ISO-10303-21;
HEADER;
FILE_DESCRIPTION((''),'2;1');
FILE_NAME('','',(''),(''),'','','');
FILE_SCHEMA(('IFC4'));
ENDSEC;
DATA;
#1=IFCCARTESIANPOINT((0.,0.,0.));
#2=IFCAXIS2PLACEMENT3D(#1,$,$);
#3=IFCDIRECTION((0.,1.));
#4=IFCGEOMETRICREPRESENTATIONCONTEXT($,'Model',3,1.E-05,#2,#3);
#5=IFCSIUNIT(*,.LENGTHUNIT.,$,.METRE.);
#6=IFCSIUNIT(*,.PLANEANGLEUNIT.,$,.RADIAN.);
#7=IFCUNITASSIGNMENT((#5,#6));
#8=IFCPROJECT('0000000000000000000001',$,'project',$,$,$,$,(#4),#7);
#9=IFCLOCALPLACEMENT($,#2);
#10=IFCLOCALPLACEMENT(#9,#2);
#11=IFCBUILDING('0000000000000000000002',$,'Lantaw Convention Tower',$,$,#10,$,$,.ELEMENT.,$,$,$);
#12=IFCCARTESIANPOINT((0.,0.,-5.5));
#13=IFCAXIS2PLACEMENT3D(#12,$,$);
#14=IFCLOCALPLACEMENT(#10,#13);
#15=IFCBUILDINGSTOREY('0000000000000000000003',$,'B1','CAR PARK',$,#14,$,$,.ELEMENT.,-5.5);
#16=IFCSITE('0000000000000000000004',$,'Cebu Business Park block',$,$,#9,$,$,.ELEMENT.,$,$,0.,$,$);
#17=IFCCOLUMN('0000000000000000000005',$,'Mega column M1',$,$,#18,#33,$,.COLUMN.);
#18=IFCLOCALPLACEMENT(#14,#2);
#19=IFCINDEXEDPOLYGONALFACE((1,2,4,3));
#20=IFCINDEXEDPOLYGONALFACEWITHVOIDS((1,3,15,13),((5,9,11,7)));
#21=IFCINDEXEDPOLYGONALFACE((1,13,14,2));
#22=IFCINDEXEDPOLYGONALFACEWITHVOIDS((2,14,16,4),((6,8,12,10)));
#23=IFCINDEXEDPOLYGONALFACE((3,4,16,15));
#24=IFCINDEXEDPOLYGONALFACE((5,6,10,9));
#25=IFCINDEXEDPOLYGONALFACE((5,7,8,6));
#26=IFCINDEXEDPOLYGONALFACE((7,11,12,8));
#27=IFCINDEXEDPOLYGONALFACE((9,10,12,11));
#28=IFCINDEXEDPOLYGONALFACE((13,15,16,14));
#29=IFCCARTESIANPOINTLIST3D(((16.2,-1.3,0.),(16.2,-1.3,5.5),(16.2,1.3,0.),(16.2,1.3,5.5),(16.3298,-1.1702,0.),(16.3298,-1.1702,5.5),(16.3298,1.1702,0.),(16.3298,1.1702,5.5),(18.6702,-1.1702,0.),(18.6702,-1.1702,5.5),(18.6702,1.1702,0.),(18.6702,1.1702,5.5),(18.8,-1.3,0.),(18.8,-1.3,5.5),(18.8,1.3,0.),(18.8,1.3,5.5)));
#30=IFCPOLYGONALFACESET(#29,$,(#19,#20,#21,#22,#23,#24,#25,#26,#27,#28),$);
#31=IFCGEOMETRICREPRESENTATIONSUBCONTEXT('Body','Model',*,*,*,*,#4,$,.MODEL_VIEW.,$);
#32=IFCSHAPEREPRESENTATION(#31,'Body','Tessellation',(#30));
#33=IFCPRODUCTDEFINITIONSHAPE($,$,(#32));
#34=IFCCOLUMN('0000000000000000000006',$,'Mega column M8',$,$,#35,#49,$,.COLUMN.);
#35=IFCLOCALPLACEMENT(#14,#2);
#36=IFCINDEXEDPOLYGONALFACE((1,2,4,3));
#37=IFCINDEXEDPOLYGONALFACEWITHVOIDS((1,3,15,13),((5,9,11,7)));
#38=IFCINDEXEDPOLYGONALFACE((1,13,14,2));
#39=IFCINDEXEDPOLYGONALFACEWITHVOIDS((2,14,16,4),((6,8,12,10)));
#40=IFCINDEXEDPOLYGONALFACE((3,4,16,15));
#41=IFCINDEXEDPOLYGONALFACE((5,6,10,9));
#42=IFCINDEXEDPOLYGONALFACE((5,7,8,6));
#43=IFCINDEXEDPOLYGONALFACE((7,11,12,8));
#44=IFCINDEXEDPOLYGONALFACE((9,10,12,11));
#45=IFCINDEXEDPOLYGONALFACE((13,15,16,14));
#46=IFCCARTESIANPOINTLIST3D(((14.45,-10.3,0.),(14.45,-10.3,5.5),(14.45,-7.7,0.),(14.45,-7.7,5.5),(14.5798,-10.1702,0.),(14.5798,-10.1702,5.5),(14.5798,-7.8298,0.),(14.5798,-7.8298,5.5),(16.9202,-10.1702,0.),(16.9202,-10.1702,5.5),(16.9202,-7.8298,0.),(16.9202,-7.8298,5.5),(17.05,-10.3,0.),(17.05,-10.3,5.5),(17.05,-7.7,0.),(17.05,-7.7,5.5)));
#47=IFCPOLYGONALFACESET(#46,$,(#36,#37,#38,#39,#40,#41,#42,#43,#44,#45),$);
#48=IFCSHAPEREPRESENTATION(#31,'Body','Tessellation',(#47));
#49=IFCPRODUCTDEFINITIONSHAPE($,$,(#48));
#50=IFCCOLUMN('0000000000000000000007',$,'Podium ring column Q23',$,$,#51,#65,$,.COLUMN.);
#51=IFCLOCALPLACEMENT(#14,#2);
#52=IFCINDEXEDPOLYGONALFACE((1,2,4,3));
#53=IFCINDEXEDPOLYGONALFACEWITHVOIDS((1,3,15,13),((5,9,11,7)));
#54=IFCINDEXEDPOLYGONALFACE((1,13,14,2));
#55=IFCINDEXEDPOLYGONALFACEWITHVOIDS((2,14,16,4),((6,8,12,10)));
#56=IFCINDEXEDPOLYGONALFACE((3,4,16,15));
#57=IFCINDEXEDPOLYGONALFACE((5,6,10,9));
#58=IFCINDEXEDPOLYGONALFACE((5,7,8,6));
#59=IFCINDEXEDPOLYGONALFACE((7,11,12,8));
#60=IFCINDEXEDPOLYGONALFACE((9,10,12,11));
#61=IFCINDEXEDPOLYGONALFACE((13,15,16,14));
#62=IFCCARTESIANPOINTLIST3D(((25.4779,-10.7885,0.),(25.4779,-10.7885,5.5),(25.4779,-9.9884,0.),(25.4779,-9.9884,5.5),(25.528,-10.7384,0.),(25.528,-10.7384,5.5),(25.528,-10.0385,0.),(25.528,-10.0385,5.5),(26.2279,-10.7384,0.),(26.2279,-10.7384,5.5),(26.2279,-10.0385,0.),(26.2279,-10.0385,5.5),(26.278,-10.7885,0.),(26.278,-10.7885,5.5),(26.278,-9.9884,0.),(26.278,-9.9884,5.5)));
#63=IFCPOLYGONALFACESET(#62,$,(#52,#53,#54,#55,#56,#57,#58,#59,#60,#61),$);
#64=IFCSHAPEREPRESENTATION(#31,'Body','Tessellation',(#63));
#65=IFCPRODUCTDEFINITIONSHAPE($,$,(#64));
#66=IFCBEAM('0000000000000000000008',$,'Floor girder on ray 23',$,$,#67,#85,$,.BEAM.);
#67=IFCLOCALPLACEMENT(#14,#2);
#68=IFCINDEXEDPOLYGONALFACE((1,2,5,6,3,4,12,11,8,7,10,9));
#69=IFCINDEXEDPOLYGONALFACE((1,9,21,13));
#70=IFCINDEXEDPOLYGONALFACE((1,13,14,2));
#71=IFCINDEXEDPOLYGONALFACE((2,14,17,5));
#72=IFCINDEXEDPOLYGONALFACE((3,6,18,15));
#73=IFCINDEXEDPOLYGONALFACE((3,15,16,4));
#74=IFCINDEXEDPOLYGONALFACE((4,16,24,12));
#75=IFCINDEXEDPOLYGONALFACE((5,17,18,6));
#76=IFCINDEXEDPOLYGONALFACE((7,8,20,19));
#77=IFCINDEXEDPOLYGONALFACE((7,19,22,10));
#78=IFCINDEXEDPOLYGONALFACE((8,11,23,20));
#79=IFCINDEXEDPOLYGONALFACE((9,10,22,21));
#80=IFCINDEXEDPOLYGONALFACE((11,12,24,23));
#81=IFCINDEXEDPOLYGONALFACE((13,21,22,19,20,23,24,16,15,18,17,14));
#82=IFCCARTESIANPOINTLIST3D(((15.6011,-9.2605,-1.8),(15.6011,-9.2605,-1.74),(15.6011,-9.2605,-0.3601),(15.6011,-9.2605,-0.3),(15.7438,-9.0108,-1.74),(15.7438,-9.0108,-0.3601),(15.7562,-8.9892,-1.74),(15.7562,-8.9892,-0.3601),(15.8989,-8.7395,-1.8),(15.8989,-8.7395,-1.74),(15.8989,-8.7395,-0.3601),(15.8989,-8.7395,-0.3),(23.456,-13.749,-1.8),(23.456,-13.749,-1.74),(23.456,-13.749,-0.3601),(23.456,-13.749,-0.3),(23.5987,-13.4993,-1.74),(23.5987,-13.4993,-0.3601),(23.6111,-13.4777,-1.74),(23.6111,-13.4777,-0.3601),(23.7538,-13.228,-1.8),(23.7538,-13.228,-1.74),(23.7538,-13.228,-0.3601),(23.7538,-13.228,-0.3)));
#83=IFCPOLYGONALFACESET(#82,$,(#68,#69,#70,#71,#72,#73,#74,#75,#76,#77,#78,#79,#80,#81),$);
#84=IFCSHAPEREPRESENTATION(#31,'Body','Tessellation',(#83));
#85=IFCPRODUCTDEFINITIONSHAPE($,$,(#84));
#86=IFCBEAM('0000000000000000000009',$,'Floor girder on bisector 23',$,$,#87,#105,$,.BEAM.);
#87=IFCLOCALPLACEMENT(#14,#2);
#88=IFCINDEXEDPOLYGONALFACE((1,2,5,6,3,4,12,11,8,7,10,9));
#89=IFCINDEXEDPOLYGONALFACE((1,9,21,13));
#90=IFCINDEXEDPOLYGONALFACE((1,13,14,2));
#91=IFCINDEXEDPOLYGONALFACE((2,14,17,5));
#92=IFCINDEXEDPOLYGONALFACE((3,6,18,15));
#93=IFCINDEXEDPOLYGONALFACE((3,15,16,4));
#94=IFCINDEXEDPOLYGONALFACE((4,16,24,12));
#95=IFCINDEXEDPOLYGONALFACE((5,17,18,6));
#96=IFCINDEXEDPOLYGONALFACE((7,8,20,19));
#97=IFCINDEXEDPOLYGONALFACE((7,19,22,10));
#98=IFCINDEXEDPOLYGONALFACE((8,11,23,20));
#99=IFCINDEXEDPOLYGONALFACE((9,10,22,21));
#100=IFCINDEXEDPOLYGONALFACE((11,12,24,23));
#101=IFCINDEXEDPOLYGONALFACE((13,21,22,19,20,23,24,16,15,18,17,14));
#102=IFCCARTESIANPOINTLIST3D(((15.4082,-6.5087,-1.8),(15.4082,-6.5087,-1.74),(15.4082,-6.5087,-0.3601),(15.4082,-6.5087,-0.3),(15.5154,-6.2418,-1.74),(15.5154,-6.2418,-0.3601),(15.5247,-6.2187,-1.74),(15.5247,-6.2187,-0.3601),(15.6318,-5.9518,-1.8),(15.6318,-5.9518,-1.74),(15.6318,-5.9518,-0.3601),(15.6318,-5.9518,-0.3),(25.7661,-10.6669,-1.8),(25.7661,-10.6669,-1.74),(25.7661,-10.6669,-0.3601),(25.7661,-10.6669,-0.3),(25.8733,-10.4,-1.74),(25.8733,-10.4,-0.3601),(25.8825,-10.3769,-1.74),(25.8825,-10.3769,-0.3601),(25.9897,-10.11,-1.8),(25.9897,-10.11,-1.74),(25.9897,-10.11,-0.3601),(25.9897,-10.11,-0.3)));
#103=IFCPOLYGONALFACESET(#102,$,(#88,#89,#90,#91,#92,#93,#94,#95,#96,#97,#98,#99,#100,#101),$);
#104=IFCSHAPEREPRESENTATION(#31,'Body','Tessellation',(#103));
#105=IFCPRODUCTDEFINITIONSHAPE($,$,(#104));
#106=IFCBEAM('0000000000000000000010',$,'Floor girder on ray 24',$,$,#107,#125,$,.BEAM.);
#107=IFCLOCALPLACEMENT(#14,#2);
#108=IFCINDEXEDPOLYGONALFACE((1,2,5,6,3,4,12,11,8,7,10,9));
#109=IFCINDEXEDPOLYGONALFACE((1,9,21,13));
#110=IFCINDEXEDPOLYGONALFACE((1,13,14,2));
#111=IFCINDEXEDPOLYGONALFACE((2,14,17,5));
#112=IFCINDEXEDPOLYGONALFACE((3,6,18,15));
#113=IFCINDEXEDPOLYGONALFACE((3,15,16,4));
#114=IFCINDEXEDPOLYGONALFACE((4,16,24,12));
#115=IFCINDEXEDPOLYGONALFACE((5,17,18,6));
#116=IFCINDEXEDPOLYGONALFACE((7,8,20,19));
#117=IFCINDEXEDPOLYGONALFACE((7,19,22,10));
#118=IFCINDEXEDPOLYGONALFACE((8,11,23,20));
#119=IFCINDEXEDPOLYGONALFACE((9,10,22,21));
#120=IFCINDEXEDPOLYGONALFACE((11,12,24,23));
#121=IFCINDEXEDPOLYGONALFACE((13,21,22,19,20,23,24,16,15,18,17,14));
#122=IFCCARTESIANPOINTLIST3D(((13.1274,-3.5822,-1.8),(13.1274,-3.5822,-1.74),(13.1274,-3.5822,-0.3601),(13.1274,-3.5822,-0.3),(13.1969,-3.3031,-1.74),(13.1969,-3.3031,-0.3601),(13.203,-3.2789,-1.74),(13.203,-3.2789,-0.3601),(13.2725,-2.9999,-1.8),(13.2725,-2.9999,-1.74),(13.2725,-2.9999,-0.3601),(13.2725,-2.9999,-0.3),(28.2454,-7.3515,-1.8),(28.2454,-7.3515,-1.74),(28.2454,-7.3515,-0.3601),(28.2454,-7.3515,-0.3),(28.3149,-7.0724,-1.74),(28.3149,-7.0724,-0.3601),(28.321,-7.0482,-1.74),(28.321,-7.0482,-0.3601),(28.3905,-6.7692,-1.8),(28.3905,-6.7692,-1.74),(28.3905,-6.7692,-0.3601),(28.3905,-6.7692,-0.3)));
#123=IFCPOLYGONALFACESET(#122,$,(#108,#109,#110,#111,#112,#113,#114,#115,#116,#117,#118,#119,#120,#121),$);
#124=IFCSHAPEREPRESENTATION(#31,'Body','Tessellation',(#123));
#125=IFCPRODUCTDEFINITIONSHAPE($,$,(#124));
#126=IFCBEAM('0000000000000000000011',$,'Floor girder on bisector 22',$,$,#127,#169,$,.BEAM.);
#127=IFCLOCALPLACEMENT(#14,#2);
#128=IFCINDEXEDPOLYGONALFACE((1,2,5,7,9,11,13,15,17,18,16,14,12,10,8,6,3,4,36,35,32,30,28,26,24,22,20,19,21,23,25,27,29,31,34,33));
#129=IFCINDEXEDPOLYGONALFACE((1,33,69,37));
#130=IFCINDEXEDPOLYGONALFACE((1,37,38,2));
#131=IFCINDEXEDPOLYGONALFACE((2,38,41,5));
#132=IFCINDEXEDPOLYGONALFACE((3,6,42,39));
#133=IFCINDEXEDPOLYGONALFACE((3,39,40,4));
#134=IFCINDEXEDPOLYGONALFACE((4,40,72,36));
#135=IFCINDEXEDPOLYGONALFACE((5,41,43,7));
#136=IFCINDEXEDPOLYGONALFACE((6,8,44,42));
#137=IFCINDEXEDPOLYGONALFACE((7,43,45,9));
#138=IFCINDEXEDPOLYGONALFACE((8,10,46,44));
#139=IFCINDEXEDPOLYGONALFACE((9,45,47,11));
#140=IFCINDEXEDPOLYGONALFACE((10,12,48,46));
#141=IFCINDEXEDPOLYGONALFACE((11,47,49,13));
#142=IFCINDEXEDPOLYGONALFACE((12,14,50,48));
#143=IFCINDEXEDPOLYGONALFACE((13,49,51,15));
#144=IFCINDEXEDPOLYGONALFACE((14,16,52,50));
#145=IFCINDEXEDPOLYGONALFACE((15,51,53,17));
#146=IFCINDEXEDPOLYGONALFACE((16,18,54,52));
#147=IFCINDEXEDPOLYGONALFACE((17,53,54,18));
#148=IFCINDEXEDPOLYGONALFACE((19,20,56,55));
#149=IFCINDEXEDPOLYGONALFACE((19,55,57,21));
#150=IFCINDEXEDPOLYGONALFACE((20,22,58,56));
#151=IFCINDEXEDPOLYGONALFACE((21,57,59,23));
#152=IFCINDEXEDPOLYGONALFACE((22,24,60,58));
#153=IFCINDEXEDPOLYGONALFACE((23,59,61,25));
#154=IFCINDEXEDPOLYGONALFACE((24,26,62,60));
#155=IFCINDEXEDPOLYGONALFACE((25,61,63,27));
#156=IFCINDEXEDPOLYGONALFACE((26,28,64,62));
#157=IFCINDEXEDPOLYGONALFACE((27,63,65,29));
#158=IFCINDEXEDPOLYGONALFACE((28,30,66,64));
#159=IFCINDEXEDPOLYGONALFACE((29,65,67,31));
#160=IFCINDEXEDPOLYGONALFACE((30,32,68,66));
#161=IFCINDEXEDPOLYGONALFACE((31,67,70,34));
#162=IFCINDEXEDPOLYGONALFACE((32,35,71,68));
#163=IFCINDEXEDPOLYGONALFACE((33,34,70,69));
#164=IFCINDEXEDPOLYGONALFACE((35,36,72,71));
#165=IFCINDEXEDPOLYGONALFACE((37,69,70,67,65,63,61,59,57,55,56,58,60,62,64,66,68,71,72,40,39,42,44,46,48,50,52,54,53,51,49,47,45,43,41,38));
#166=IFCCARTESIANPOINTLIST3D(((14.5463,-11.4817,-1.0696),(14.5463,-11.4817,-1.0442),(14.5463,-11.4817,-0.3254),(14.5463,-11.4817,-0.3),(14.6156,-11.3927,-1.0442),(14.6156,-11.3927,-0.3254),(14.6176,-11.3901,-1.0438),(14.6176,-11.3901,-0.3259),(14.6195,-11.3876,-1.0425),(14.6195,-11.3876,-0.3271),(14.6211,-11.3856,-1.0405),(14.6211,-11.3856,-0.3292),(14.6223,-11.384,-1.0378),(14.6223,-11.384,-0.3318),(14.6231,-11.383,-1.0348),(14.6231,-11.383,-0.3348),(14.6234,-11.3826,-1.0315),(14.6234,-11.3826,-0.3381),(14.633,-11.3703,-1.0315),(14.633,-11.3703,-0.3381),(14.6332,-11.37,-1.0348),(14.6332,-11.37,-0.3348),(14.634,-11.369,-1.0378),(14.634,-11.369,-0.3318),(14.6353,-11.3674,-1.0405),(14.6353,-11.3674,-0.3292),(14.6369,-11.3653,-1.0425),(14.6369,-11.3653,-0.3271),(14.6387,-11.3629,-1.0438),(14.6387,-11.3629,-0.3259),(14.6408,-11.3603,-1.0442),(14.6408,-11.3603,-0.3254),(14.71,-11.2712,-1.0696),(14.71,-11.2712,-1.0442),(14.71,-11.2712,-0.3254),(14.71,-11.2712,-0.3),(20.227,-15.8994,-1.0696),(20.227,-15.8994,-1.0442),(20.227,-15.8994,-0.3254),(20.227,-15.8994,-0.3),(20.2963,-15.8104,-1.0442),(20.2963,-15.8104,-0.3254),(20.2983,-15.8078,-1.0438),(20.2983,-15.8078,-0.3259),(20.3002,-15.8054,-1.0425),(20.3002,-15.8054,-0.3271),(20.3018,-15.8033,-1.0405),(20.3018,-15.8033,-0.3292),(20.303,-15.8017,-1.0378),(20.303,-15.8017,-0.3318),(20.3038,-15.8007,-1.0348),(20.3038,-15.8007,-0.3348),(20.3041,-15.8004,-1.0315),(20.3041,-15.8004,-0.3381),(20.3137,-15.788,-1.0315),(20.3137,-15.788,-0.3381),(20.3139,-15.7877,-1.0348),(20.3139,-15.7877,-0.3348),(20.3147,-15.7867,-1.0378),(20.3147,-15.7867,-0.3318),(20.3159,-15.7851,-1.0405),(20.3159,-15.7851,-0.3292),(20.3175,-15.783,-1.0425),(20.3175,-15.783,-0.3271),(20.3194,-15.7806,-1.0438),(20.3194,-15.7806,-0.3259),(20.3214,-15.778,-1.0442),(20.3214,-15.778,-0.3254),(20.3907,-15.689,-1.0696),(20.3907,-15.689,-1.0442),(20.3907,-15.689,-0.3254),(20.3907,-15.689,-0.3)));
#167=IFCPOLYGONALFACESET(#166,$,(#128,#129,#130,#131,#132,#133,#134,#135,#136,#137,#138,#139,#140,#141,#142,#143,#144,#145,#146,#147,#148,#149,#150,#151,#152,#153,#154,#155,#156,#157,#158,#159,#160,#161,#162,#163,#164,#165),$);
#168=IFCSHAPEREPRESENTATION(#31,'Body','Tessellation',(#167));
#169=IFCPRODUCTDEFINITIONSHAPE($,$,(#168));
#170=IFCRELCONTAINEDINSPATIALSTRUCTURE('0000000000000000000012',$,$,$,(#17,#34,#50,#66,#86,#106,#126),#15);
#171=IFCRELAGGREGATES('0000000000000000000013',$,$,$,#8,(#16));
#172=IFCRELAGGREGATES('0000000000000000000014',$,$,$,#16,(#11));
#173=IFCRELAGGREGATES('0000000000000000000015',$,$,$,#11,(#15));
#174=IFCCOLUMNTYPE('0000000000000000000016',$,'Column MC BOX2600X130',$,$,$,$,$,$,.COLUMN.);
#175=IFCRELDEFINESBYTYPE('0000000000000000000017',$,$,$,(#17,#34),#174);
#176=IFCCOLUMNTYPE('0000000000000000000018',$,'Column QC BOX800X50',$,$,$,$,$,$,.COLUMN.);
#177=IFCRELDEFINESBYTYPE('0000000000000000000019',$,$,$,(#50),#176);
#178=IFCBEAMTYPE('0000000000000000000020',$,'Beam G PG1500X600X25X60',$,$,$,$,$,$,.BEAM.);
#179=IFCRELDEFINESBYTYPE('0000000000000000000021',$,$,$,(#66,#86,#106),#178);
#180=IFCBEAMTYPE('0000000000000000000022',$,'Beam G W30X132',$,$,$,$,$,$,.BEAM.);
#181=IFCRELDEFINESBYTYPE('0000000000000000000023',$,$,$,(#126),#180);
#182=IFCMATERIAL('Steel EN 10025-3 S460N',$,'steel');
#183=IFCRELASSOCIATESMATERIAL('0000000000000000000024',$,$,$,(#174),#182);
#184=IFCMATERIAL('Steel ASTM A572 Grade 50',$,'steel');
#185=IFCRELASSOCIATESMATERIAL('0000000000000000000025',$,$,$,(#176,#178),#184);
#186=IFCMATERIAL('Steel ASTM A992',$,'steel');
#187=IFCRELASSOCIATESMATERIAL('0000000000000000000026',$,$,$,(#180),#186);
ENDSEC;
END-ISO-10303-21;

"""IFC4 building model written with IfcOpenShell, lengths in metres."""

from ifc_helpers import new_model, si_unit, direction, frame, origin, origin_2d, place, context, subcontext, project, spatial, rectangle, hollow_rectangle, i_section, extrude, material, material_profile, profile_set, type_object, element, save


model = new_model("IFC4")

# Units and contexts
model_context = context("Model", 3, precision=1e-05, world=origin(), true_north=direction((0.0, 1.0)))
body_context = subcontext(model_context, "Body", "Model", "MODEL_VIEW")
ifc_project = project(units=[si_unit("LENGTHUNIT", "METRE"), si_unit("PLANEANGLEUNIT", "RADIAN")], contexts=[model_context])

# Site, building, storey
site_placement = place(None, origin())
site = spatial("IfcSite", under=ifc_project, at=site_placement, Name="Cebu Business Park block", CompositionType="ELEMENT", RefElevation=0.0)
building_placement = place(site_placement, origin())
building = spatial("IfcBuilding", under=site, at=building_placement, Name="Lantaw Convention Tower", CompositionType="ELEMENT")
storey_placement = place(building_placement, frame((0.0, 0.0, -5.5)))
storey = spatial("IfcBuildingStorey", under=building, at=storey_placement, Name="B1", Description="CAR PARK", CompositionType="ELEMENT", Elevation=-5.5)

# Columns
ifc_material_1 = material(Name="Steel EN 10025-3 S460N", Category="steel")
ifc_material_profile_1 = material_profile(ifc_material_1, hollow_rectangle(XDim=2.6001, YDim=2.6001, WallThickness=0.1299, at=origin_2d()), Name="BOX2600X130")
ifc_material_2 = material(Name="Concrete C60/75", Category="concrete")
ifc_material_profile_2 = material_profile(ifc_material_2, rectangle(XDim=2.3401, YDim=2.3401, at=origin_2d()), Name="Concrete fill of BOX2600X130")
ifc_profile_set_1 = profile_set([ifc_material_profile_1, ifc_material_profile_2], Name="Steel EN 10025-3 S460N")
column_type_1 = type_object("IfcColumnType", Name="Column MC BOX2600X130", PredefinedType="COLUMN", material=ifc_profile_set_1)
for number, where, z_axis, x_axis, name in (
    (1, (17.5, 0.0, 0.0), (0.0, 0.0, 1.0), (1.0, 0.0, 0.0), "Mega column M1"),
    (2, (15.75, -9.0, 0.0), (0.0, 0.0, 1.0), (1.0, 0.0, 0.0), "Mega column M8"),
):
    element("IfcColumn", number, at=place(storey_placement, frame(where, z_axis=z_axis, x_axis=x_axis)), inside=storey, type_object=column_type_1, Name=name, PredefinedType="COLUMN", context=body_context, shape_type="SweptSolid", body=[
        extrude(hollow_rectangle(XDim=2.6001, YDim=2.6001, WallThickness=0.1299, at=origin_2d()), origin(), (0.0, 0.0, 1.0), 5.5),
    ])
ifc_material_3 = material(Name="Steel ASTM A572 Grade 50", Category="steel")
ifc_material_profile_3 = material_profile(ifc_material_3, hollow_rectangle(XDim=0.8, YDim=0.8, WallThickness=0.05, at=origin_2d()), Name="BOX800X50")
ifc_profile_set_2 = profile_set([ifc_material_profile_3], Name="Steel ASTM A572 Grade 50")
column_type_2 = type_object("IfcColumnType", Name="Column QC BOX800X50", PredefinedType="COLUMN", material=ifc_profile_set_2)
column_placement = place(storey_placement, frame((25.8779, -10.3884, 0.0), z_axis=(0.0, 0.0, 1.0), x_axis=(1.0, 0.0, 0.0)))
element("IfcColumn", 3, at=column_placement, inside=storey, type_object=column_type_2, Name="Podium ring column Q23", PredefinedType="COLUMN", context=body_context, shape_type="SweptSolid", body=[
    extrude(hollow_rectangle(XDim=0.8, YDim=0.8, WallThickness=0.05, at=origin_2d()), origin(), (0.0, 0.0, 1.0), 5.5),
])

# Beams
ifc_material_profile_4 = material_profile(ifc_material_3, i_section(OverallWidth=0.6001, OverallDepth=1.5, WebThickness=0.0249, FlangeThickness=0.0601, at=origin_2d()), Name="PG1500X600X25X60")
ifc_profile_set_3 = profile_set([ifc_material_profile_4], Name="Steel ASTM A572 Grade 50")
beam_type_1 = type_object("IfcBeamType", Name="Beam G PG1500X600X25X60", PredefinedType="BEAM", material=ifc_profile_set_3)
beam_1_placement = place(storey_placement, frame((15.75, -9.0, -1.05), z_axis=(0.868245, -0.496136, 0.0), x_axis=(0.496136, 0.868245, 0.0)))
element("IfcBeam", 4, at=beam_1_placement, inside=storey, type_object=beam_type_1, Name="Floor girder on ray 23", PredefinedType="BEAM", context=body_context, shape_type="SweptSolid", body=[
    extrude(i_section(OverallWidth=0.6001, OverallDepth=1.5, WebThickness=0.0249, FlangeThickness=0.0601, at=origin_2d()), origin(), (0.0, 0.0, 1.0), 9.0469),
])
beam_2_placement = place(storey_placement, frame((15.52, -6.2302, -1.05), z_axis=(0.928011, -0.372552, 0.0), x_axis=(0.372552, 0.928011, 0.0)))
element("IfcBeam", 5, at=beam_2_placement, inside=storey, type_object=beam_type_1, Name="Floor girder on bisector 23", PredefinedType="BEAM", context=body_context, shape_type="SweptSolid", body=[
    extrude(i_section(OverallWidth=0.6001, OverallDepth=1.5, WebThickness=0.0249, FlangeThickness=0.0601, at=origin_2d()), origin(), (0.0, 0.0, 1.0), 11.1614),
])
beam_3_placement = place(storey_placement, frame((13.2, -3.291, -1.05), z_axis=(0.970296, -0.24192, 0.0), x_axis=(0.24192, 0.970296, 0.0)))
element("IfcBeam", 6, at=beam_3_placement, inside=storey, type_object=beam_type_1, Name="Floor girder on ray 24", PredefinedType="BEAM", context=body_context, shape_type="SweptSolid", body=[
    extrude(i_section(OverallWidth=0.6001, OverallDepth=1.5, WebThickness=0.0249, FlangeThickness=0.0601, at=origin_2d()), origin(), (0.0, 0.0, 1.0), 15.5808),
])
ifc_material_4 = material(Name="Steel ASTM A992", Category="steel")
ifc_material_profile_5 = material_profile(ifc_material_4, i_section(OverallWidth=0.2666, OverallDepth=0.7695, WebThickness=0.0156, FlangeThickness=0.0254, FilletRadius=0.0127, at=origin_2d()), Name="W30X132")
ifc_profile_set_4 = profile_set([ifc_material_profile_5], Name="Steel ASTM A992")
beam_type_2 = type_object("IfcBeamType", Name="Beam G W30X132", PredefinedType="BEAM", material=ifc_profile_set_4)
beam_4_placement = place(storey_placement, frame((14.6282, -11.3765, -0.6848), z_axis=(0.789391, -0.613891, 0.0), x_axis=(0.613891, 0.789391, 0.0)))
element("IfcBeam", 7, at=beam_4_placement, inside=storey, type_object=beam_type_2, Name="Floor girder on bisector 22", PredefinedType="BEAM", context=body_context, shape_type="SweptSolid", body=[
    extrude(i_section(OverallWidth=0.2666, OverallDepth=0.7695, WebThickness=0.0156, FlangeThickness=0.0254, FilletRadius=0.0127, at=origin_2d()), origin(), (0.0, 0.0, 1.0), 7.1963),
])

save(model, "model.ifc")
